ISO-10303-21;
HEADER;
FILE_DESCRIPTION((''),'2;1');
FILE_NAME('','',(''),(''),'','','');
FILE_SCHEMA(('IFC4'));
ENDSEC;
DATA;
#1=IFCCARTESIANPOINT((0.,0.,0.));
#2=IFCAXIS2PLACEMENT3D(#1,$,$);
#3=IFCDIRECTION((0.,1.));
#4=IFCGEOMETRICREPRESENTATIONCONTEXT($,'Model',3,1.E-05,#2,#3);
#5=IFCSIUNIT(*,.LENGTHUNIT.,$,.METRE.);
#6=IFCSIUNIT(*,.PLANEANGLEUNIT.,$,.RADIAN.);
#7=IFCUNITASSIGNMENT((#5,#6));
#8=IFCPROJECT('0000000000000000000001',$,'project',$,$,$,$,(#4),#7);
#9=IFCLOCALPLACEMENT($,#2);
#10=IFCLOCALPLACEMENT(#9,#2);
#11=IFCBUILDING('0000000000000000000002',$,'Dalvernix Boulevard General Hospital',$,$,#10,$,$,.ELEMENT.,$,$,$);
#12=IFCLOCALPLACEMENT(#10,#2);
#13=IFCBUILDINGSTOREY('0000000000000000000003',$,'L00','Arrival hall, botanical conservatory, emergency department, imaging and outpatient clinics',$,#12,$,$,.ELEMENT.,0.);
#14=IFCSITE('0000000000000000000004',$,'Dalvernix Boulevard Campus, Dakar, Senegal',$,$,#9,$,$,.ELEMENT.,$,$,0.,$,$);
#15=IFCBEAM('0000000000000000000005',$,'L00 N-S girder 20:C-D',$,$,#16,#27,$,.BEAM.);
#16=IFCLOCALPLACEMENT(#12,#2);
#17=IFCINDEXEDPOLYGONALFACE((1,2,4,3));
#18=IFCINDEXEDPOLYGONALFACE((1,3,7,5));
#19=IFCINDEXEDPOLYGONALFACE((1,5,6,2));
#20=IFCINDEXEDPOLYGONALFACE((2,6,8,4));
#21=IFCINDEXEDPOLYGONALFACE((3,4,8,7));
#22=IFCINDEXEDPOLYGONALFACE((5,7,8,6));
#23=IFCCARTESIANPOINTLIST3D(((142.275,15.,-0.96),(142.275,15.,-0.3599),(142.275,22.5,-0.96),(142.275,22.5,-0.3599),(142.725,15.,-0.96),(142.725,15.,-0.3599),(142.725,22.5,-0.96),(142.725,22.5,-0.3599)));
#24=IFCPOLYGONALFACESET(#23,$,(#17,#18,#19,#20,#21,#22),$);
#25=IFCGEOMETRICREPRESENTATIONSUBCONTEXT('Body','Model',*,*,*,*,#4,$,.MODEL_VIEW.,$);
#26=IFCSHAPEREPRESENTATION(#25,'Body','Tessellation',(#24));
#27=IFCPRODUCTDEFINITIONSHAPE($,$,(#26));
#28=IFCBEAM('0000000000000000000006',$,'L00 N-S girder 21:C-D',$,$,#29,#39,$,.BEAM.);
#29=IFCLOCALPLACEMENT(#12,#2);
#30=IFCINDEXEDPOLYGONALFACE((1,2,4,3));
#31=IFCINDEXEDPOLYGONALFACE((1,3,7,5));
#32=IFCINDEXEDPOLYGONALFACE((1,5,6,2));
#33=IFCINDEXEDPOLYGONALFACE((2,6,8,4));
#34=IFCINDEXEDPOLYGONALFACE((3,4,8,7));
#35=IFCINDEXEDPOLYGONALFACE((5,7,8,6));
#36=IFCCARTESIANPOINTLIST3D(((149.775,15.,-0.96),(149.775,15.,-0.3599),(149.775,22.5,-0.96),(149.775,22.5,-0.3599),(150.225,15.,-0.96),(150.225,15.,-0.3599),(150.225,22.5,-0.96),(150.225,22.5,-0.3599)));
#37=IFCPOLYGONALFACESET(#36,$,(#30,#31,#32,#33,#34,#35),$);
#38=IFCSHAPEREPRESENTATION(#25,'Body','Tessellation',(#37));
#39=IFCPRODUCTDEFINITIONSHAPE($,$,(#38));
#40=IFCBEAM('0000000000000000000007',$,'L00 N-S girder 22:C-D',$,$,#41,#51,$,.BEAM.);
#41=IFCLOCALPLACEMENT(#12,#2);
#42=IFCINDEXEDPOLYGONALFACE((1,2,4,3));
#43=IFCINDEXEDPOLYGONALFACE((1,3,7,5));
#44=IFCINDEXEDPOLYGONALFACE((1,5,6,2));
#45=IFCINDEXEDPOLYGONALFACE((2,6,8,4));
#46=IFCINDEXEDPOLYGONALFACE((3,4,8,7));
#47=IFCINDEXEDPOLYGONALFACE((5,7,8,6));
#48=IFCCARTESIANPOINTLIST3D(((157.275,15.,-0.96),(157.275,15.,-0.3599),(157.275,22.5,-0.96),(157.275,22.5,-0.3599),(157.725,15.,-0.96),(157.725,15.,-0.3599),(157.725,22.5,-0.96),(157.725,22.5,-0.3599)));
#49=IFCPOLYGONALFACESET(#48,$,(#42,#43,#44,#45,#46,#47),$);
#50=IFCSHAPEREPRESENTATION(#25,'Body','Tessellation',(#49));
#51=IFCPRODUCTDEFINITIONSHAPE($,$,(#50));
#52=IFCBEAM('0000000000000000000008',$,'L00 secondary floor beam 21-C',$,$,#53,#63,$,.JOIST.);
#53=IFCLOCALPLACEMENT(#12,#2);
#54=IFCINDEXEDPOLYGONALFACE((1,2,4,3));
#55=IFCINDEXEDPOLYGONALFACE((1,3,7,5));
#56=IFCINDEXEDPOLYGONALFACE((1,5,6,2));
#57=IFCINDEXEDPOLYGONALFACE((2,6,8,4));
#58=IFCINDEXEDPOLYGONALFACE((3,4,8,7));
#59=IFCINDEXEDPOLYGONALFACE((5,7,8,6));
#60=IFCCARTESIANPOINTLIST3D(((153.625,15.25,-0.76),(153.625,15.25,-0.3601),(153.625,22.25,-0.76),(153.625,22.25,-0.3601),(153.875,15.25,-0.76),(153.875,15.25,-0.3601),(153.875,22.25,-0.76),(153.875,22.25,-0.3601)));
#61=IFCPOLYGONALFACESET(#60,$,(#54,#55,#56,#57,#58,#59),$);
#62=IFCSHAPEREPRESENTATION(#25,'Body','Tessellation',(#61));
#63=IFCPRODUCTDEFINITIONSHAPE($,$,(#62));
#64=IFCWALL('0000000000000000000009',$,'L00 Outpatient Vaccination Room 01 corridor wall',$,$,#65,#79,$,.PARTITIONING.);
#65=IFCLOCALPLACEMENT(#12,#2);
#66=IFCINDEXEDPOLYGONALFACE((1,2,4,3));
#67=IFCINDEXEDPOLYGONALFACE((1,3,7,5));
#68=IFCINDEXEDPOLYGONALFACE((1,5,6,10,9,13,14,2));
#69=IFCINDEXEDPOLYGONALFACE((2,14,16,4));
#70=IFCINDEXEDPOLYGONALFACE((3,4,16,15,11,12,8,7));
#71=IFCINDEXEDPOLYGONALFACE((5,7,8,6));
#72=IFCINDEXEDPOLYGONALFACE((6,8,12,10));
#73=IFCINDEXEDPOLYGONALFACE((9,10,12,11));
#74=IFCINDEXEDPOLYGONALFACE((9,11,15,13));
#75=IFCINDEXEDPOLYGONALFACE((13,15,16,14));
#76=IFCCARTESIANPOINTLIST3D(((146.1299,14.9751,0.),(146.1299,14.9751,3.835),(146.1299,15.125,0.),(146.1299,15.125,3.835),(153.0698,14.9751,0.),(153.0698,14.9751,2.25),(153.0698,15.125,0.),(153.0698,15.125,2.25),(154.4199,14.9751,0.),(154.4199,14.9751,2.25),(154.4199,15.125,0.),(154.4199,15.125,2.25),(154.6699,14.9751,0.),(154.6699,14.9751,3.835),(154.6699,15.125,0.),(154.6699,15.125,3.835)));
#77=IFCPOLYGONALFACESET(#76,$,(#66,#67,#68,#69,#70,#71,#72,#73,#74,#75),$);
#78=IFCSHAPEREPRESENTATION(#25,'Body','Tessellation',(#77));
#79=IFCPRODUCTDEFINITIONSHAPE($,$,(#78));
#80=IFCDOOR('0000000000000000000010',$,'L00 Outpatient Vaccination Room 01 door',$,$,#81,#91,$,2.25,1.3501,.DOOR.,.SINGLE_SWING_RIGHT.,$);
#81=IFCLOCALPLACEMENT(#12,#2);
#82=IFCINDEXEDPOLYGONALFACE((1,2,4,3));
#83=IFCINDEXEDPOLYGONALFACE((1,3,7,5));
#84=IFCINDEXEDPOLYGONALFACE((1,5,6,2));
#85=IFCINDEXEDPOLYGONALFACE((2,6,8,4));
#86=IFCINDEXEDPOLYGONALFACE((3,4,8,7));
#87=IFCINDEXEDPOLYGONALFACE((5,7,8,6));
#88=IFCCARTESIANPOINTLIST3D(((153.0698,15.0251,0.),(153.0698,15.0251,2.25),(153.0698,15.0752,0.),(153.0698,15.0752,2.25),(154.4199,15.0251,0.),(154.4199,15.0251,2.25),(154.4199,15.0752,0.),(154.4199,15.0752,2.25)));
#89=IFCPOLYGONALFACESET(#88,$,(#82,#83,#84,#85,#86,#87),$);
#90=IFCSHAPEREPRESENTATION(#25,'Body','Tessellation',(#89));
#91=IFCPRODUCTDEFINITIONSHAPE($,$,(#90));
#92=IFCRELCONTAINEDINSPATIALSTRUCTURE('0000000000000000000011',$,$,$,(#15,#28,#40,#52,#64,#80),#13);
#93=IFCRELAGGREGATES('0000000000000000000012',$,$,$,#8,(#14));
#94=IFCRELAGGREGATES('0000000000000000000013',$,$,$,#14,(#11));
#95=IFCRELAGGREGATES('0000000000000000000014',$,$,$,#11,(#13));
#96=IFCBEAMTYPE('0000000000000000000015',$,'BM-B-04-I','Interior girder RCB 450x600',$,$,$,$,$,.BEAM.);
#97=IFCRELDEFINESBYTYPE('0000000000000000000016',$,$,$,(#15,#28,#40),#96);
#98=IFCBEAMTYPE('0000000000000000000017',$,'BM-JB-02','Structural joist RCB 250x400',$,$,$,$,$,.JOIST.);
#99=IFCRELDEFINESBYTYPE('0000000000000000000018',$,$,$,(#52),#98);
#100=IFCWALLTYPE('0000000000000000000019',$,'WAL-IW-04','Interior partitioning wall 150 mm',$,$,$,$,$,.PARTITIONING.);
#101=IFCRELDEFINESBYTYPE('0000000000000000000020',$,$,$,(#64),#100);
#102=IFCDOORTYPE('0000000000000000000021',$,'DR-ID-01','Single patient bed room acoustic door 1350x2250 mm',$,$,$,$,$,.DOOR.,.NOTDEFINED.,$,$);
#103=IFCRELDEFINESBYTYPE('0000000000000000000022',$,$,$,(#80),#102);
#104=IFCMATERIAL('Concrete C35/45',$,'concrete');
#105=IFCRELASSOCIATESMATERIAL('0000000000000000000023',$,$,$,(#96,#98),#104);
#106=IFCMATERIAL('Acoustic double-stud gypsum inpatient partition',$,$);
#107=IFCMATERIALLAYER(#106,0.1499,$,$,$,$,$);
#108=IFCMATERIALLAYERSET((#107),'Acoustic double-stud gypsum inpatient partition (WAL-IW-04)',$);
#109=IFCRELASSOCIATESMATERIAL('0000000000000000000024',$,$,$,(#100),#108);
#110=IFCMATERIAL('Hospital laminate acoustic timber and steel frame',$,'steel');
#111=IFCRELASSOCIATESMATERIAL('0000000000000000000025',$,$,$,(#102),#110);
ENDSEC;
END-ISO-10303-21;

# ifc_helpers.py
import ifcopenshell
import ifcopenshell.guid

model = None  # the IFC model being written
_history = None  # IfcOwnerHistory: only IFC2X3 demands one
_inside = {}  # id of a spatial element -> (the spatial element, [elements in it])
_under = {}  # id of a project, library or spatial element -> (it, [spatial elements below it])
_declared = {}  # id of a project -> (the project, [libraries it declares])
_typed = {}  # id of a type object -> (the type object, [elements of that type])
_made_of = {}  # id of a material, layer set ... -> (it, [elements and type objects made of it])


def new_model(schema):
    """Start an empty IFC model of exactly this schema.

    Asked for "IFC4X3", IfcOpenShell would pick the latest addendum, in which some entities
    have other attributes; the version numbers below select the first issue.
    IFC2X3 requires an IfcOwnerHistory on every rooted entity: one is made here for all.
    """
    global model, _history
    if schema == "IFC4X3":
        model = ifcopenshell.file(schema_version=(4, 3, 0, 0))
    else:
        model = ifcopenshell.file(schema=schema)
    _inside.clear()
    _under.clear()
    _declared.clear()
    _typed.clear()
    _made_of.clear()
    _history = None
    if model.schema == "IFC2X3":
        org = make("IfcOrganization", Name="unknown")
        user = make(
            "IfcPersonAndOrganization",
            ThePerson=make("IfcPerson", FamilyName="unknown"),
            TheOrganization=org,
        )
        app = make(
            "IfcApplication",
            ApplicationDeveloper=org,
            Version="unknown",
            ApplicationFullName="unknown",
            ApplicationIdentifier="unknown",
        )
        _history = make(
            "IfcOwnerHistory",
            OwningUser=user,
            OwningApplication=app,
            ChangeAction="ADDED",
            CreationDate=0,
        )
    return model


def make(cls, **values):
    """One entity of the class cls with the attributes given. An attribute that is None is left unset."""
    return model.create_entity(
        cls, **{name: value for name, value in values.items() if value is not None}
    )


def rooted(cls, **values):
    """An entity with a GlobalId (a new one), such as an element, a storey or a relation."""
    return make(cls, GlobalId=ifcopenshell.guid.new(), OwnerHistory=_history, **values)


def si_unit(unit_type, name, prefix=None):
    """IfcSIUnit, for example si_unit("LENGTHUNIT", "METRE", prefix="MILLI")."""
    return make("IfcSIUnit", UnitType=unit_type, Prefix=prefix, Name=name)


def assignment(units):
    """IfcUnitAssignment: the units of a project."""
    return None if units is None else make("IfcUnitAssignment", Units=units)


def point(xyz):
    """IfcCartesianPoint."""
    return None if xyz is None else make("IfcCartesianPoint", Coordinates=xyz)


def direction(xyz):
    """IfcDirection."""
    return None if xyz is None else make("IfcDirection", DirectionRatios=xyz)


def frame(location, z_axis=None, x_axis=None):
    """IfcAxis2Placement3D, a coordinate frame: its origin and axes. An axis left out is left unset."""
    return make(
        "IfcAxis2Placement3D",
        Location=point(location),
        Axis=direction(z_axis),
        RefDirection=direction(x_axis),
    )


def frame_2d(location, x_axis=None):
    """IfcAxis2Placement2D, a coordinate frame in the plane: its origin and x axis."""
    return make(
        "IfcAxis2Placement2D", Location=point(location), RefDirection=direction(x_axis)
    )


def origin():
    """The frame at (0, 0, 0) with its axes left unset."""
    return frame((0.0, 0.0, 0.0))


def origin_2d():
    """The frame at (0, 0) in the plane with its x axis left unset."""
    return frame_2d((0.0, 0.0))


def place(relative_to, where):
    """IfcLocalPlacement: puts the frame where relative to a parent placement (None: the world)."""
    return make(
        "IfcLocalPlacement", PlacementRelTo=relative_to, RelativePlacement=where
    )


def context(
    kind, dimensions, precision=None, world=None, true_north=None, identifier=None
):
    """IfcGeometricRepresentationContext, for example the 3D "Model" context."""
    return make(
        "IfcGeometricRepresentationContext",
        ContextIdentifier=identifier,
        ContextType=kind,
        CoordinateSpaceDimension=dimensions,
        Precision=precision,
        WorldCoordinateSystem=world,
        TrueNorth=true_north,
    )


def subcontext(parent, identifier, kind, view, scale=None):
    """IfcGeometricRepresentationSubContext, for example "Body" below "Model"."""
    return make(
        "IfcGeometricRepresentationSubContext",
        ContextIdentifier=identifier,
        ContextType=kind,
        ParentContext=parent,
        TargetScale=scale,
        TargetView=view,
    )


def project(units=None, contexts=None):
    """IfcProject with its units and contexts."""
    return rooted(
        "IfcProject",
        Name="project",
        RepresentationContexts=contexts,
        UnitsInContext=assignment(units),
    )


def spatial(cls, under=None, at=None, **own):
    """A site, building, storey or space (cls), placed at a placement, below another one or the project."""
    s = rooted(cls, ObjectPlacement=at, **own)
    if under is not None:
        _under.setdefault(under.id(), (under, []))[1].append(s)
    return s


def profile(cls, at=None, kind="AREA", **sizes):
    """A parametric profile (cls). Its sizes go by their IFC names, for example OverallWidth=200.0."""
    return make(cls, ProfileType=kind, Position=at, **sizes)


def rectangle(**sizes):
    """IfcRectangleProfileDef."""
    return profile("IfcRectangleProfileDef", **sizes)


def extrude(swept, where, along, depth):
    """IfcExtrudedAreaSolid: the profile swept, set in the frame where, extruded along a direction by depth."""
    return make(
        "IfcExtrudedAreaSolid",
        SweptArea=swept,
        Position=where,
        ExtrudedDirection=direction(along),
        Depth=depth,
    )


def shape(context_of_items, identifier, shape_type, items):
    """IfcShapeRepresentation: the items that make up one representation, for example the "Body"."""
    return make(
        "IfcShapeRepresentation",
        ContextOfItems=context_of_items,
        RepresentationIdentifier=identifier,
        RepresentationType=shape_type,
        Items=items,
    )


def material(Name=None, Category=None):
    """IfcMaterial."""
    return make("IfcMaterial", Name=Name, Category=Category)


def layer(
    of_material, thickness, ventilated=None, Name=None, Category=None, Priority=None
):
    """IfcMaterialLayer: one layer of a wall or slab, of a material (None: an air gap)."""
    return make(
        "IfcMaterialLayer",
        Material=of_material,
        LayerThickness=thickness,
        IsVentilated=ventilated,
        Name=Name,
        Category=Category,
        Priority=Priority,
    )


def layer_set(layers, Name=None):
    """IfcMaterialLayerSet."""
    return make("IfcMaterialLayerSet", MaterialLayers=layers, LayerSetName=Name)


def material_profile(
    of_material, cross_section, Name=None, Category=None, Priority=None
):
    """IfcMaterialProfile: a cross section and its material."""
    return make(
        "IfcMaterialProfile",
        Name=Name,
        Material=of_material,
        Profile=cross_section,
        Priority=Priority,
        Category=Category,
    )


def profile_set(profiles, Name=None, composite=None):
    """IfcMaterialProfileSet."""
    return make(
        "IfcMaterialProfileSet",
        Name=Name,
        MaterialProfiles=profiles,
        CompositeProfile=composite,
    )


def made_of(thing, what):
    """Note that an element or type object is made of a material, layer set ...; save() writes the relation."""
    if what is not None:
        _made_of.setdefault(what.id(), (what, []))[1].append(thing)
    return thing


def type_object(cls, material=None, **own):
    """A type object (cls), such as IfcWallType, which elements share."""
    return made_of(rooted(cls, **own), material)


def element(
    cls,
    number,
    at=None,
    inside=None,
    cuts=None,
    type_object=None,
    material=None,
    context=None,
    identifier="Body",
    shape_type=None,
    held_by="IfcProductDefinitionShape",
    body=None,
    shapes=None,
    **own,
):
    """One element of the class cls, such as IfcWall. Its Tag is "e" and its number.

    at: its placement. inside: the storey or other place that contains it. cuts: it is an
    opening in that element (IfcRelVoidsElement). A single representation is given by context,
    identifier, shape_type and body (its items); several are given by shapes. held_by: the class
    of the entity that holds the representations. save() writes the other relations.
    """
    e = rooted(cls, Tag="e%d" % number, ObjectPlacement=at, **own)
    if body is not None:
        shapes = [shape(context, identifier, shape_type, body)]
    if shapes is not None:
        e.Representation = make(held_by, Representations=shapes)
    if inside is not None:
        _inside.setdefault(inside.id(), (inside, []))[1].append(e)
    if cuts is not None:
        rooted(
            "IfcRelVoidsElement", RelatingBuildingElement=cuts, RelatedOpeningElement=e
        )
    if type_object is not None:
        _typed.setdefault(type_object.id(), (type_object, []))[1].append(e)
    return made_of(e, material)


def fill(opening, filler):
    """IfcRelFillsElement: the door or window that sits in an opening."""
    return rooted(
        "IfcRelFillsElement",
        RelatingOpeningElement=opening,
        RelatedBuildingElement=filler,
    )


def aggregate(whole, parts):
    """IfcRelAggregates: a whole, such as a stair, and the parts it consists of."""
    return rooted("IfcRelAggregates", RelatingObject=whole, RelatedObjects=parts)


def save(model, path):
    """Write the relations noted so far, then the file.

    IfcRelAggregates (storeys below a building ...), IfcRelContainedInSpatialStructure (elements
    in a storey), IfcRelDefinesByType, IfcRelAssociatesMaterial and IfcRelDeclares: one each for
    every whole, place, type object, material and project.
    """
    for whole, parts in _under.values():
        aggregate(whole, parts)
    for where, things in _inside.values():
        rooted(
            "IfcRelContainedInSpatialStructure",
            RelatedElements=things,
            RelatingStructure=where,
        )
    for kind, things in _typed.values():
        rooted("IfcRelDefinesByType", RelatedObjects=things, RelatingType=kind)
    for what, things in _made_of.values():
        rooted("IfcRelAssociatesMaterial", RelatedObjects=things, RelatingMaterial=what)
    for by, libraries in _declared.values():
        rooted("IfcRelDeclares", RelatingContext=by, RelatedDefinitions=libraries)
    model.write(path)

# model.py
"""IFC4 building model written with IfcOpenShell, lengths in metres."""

from ifc_helpers import new_model, si_unit, direction, frame, frame_2d, origin, origin_2d, place, context, subcontext, project, spatial, rectangle, extrude, material, layer, layer_set, material_profile, profile_set, type_object, element, fill, save


model = new_model("IFC4")

# Units and contexts
model_context = context("Model", 3, precision=1e-05, world=origin(), true_north=direction((0.0, 1.0)))
body_context = subcontext(model_context, "Body", "Model", "MODEL_VIEW")
ifc_project = project(units=[si_unit("LENGTHUNIT", "METRE"), si_unit("PLANEANGLEUNIT", "RADIAN")], contexts=[model_context])

# Site, building, storey
site_placement = place(None, origin())
site = spatial("IfcSite", under=ifc_project, at=site_placement, Name="Dalvernix Boulevard Campus, Dakar, Senegal", CompositionType="ELEMENT", RefElevation=0.0)
building_placement = place(site_placement, origin())
building = spatial("IfcBuilding", under=site, at=building_placement, Name="Dalvernix Boulevard General Hospital", CompositionType="ELEMENT")
storey_placement = place(building_placement, origin())
storey = spatial("IfcBuildingStorey", under=building, at=storey_placement, Name="L00", Description="Arrival hall, botanical conservatory, emergency department, imaging and outpatient clinics", CompositionType="ELEMENT", Elevation=0.0)

# Beams
ifc_material_1 = material(Name="Concrete C35/45", Category="concrete")
ifc_material_profile_1 = material_profile(ifc_material_1, rectangle(XDim=0.45, YDim=0.6001, at=origin_2d()), Name="RCB 450x600")
ifc_profile_set_1 = profile_set([ifc_material_profile_1], Name="Concrete C35/45")
beam_type_1 = type_object("IfcBeamType", Name="BM-B-04-I", Description="Interior girder RCB 450x600", PredefinedType="BEAM", material=ifc_profile_set_1)
for number, where, z_axis, x_axis, name in (
    (1, (142.5, 15.0, -0.6599), (0.0, 1.0, 0.0), (-1.0, 0.0, 0.0), "L00 N-S girder 20:C-D"),
    (2, (150.0, 15.0, -0.6599), (0.0, 1.0, 0.0), (-1.0, 0.0, 0.0), "L00 N-S girder 21:C-D"),
    (3, (157.5, 15.0, -0.6599), (0.0, 1.0, 0.0), (-1.0, 0.0, 0.0), "L00 N-S girder 22:C-D"),
):
    element("IfcBeam", number, at=place(storey_placement, frame(where, z_axis=z_axis, x_axis=x_axis)), inside=storey, type_object=beam_type_1, Name=name, PredefinedType="BEAM", context=body_context, shape_type="SweptSolid", body=[
        extrude(rectangle(XDim=0.45, YDim=0.6001, at=origin_2d()), origin(), (0.0, 0.0, 1.0), 7.5),
    ])
ifc_material_profile_2 = material_profile(ifc_material_1, rectangle(XDim=0.25, YDim=0.3999, at=origin_2d()), Name="RCB 250x400")
ifc_profile_set_2 = profile_set([ifc_material_profile_2], Name="Concrete C35/45")
beam_type_2 = type_object("IfcBeamType", Name="BM-JB-02", Description="Structural joist RCB 250x400", PredefinedType="JOIST", material=ifc_profile_set_2)
beam_placement = place(storey_placement, frame((153.75, 15.25, -0.5601), z_axis=(0.0, 1.0, 0.0), x_axis=(-1.0, 0.0, 0.0)))
element("IfcBeam", 4, at=beam_placement, inside=storey, type_object=beam_type_2, Name="L00 secondary floor beam 21-C", PredefinedType="JOIST", context=body_context, shape_type="SweptSolid", body=[
    extrude(rectangle(XDim=0.25, YDim=0.3999, at=origin_2d()), origin(), (0.0, 0.0, 1.0), 7.0),
])

# Wall, opening, door
ifc_material_2 = material(Name="Acoustic double-stud gypsum inpatient partition")
ifc_layer = layer(ifc_material_2, 0.1499)
ifc_layer_set = layer_set([ifc_layer], Name="Acoustic double-stud gypsum inpatient partition (WAL-IW-04)")
wall_type = type_object("IfcWallType", Name="WAL-IW-04", Description="Interior partitioning wall 150 mm", PredefinedType="PARTITIONING", material=ifc_layer_set)
wall_placement = place(storey_placement, frame((154.6699, 15.05, 0.0), z_axis=(0.0, 0.0, 1.0), x_axis=(-1.0, 0.0, 0.0)))
wall = element("IfcWall", 5, at=wall_placement, inside=storey, type_object=wall_type, Name="L00 Outpatient Vaccination Room 01 corridor wall", PredefinedType="PARTITIONING", context=body_context, shape_type="SweptSolid", body=[
    extrude(rectangle(XDim=8.54, YDim=0.1499, at=frame_2d((4.27, 0.0))), origin(), (0.0, 0.0, 1.0), 3.835),
])
opening_placement = place(wall_placement, frame((0.25, 0.0, 0.0)))
opening = element("IfcOpeningElement", 6, at=opening_placement, cuts=wall, PredefinedType="OPENING", context=body_context, shape_type="SweptSolid", body=[
    extrude(rectangle(XDim=1.3501, YDim=2.25, at=frame_2d((0.675, 1.125))), frame((0.0, 0.085, 0.0), z_axis=(0.0, -1.0, 0.0), x_axis=(1.0, 0.0, 0.0)), (0.0, 0.0, 1.0), 0.1699),
])
ifc_material_3 = material(Name="Hospital laminate acoustic timber and steel frame", Category="steel")
door_type = type_object("IfcDoorType", Name="DR-ID-01", Description="Single patient bed room acoustic door 1350x2250 mm", OperationType="NOTDEFINED", PredefinedType="DOOR", material=ifc_material_3)
door_placement = place(opening_placement, origin())
door = element("IfcDoor", 7, at=door_placement, inside=storey, type_object=door_type, Name="L00 Outpatient Vaccination Room 01 door", OperationType="SINGLE_SWING_RIGHT", OverallHeight=2.25, OverallWidth=1.3501, PredefinedType="DOOR", context=body_context, shape_type="SweptSolid", body=[
    extrude(rectangle(XDim=1.3501, YDim=2.25, at=frame_2d((0.675, 1.125))), frame((0.0, 0.0249, 0.0), z_axis=(0.0, -1.0, 0.0), x_axis=(1.0, 0.0, 0.0)), (0.0, 0.0, 1.0), 0.05),
])
fill(opening, door)

save(model, "model.ifc")
